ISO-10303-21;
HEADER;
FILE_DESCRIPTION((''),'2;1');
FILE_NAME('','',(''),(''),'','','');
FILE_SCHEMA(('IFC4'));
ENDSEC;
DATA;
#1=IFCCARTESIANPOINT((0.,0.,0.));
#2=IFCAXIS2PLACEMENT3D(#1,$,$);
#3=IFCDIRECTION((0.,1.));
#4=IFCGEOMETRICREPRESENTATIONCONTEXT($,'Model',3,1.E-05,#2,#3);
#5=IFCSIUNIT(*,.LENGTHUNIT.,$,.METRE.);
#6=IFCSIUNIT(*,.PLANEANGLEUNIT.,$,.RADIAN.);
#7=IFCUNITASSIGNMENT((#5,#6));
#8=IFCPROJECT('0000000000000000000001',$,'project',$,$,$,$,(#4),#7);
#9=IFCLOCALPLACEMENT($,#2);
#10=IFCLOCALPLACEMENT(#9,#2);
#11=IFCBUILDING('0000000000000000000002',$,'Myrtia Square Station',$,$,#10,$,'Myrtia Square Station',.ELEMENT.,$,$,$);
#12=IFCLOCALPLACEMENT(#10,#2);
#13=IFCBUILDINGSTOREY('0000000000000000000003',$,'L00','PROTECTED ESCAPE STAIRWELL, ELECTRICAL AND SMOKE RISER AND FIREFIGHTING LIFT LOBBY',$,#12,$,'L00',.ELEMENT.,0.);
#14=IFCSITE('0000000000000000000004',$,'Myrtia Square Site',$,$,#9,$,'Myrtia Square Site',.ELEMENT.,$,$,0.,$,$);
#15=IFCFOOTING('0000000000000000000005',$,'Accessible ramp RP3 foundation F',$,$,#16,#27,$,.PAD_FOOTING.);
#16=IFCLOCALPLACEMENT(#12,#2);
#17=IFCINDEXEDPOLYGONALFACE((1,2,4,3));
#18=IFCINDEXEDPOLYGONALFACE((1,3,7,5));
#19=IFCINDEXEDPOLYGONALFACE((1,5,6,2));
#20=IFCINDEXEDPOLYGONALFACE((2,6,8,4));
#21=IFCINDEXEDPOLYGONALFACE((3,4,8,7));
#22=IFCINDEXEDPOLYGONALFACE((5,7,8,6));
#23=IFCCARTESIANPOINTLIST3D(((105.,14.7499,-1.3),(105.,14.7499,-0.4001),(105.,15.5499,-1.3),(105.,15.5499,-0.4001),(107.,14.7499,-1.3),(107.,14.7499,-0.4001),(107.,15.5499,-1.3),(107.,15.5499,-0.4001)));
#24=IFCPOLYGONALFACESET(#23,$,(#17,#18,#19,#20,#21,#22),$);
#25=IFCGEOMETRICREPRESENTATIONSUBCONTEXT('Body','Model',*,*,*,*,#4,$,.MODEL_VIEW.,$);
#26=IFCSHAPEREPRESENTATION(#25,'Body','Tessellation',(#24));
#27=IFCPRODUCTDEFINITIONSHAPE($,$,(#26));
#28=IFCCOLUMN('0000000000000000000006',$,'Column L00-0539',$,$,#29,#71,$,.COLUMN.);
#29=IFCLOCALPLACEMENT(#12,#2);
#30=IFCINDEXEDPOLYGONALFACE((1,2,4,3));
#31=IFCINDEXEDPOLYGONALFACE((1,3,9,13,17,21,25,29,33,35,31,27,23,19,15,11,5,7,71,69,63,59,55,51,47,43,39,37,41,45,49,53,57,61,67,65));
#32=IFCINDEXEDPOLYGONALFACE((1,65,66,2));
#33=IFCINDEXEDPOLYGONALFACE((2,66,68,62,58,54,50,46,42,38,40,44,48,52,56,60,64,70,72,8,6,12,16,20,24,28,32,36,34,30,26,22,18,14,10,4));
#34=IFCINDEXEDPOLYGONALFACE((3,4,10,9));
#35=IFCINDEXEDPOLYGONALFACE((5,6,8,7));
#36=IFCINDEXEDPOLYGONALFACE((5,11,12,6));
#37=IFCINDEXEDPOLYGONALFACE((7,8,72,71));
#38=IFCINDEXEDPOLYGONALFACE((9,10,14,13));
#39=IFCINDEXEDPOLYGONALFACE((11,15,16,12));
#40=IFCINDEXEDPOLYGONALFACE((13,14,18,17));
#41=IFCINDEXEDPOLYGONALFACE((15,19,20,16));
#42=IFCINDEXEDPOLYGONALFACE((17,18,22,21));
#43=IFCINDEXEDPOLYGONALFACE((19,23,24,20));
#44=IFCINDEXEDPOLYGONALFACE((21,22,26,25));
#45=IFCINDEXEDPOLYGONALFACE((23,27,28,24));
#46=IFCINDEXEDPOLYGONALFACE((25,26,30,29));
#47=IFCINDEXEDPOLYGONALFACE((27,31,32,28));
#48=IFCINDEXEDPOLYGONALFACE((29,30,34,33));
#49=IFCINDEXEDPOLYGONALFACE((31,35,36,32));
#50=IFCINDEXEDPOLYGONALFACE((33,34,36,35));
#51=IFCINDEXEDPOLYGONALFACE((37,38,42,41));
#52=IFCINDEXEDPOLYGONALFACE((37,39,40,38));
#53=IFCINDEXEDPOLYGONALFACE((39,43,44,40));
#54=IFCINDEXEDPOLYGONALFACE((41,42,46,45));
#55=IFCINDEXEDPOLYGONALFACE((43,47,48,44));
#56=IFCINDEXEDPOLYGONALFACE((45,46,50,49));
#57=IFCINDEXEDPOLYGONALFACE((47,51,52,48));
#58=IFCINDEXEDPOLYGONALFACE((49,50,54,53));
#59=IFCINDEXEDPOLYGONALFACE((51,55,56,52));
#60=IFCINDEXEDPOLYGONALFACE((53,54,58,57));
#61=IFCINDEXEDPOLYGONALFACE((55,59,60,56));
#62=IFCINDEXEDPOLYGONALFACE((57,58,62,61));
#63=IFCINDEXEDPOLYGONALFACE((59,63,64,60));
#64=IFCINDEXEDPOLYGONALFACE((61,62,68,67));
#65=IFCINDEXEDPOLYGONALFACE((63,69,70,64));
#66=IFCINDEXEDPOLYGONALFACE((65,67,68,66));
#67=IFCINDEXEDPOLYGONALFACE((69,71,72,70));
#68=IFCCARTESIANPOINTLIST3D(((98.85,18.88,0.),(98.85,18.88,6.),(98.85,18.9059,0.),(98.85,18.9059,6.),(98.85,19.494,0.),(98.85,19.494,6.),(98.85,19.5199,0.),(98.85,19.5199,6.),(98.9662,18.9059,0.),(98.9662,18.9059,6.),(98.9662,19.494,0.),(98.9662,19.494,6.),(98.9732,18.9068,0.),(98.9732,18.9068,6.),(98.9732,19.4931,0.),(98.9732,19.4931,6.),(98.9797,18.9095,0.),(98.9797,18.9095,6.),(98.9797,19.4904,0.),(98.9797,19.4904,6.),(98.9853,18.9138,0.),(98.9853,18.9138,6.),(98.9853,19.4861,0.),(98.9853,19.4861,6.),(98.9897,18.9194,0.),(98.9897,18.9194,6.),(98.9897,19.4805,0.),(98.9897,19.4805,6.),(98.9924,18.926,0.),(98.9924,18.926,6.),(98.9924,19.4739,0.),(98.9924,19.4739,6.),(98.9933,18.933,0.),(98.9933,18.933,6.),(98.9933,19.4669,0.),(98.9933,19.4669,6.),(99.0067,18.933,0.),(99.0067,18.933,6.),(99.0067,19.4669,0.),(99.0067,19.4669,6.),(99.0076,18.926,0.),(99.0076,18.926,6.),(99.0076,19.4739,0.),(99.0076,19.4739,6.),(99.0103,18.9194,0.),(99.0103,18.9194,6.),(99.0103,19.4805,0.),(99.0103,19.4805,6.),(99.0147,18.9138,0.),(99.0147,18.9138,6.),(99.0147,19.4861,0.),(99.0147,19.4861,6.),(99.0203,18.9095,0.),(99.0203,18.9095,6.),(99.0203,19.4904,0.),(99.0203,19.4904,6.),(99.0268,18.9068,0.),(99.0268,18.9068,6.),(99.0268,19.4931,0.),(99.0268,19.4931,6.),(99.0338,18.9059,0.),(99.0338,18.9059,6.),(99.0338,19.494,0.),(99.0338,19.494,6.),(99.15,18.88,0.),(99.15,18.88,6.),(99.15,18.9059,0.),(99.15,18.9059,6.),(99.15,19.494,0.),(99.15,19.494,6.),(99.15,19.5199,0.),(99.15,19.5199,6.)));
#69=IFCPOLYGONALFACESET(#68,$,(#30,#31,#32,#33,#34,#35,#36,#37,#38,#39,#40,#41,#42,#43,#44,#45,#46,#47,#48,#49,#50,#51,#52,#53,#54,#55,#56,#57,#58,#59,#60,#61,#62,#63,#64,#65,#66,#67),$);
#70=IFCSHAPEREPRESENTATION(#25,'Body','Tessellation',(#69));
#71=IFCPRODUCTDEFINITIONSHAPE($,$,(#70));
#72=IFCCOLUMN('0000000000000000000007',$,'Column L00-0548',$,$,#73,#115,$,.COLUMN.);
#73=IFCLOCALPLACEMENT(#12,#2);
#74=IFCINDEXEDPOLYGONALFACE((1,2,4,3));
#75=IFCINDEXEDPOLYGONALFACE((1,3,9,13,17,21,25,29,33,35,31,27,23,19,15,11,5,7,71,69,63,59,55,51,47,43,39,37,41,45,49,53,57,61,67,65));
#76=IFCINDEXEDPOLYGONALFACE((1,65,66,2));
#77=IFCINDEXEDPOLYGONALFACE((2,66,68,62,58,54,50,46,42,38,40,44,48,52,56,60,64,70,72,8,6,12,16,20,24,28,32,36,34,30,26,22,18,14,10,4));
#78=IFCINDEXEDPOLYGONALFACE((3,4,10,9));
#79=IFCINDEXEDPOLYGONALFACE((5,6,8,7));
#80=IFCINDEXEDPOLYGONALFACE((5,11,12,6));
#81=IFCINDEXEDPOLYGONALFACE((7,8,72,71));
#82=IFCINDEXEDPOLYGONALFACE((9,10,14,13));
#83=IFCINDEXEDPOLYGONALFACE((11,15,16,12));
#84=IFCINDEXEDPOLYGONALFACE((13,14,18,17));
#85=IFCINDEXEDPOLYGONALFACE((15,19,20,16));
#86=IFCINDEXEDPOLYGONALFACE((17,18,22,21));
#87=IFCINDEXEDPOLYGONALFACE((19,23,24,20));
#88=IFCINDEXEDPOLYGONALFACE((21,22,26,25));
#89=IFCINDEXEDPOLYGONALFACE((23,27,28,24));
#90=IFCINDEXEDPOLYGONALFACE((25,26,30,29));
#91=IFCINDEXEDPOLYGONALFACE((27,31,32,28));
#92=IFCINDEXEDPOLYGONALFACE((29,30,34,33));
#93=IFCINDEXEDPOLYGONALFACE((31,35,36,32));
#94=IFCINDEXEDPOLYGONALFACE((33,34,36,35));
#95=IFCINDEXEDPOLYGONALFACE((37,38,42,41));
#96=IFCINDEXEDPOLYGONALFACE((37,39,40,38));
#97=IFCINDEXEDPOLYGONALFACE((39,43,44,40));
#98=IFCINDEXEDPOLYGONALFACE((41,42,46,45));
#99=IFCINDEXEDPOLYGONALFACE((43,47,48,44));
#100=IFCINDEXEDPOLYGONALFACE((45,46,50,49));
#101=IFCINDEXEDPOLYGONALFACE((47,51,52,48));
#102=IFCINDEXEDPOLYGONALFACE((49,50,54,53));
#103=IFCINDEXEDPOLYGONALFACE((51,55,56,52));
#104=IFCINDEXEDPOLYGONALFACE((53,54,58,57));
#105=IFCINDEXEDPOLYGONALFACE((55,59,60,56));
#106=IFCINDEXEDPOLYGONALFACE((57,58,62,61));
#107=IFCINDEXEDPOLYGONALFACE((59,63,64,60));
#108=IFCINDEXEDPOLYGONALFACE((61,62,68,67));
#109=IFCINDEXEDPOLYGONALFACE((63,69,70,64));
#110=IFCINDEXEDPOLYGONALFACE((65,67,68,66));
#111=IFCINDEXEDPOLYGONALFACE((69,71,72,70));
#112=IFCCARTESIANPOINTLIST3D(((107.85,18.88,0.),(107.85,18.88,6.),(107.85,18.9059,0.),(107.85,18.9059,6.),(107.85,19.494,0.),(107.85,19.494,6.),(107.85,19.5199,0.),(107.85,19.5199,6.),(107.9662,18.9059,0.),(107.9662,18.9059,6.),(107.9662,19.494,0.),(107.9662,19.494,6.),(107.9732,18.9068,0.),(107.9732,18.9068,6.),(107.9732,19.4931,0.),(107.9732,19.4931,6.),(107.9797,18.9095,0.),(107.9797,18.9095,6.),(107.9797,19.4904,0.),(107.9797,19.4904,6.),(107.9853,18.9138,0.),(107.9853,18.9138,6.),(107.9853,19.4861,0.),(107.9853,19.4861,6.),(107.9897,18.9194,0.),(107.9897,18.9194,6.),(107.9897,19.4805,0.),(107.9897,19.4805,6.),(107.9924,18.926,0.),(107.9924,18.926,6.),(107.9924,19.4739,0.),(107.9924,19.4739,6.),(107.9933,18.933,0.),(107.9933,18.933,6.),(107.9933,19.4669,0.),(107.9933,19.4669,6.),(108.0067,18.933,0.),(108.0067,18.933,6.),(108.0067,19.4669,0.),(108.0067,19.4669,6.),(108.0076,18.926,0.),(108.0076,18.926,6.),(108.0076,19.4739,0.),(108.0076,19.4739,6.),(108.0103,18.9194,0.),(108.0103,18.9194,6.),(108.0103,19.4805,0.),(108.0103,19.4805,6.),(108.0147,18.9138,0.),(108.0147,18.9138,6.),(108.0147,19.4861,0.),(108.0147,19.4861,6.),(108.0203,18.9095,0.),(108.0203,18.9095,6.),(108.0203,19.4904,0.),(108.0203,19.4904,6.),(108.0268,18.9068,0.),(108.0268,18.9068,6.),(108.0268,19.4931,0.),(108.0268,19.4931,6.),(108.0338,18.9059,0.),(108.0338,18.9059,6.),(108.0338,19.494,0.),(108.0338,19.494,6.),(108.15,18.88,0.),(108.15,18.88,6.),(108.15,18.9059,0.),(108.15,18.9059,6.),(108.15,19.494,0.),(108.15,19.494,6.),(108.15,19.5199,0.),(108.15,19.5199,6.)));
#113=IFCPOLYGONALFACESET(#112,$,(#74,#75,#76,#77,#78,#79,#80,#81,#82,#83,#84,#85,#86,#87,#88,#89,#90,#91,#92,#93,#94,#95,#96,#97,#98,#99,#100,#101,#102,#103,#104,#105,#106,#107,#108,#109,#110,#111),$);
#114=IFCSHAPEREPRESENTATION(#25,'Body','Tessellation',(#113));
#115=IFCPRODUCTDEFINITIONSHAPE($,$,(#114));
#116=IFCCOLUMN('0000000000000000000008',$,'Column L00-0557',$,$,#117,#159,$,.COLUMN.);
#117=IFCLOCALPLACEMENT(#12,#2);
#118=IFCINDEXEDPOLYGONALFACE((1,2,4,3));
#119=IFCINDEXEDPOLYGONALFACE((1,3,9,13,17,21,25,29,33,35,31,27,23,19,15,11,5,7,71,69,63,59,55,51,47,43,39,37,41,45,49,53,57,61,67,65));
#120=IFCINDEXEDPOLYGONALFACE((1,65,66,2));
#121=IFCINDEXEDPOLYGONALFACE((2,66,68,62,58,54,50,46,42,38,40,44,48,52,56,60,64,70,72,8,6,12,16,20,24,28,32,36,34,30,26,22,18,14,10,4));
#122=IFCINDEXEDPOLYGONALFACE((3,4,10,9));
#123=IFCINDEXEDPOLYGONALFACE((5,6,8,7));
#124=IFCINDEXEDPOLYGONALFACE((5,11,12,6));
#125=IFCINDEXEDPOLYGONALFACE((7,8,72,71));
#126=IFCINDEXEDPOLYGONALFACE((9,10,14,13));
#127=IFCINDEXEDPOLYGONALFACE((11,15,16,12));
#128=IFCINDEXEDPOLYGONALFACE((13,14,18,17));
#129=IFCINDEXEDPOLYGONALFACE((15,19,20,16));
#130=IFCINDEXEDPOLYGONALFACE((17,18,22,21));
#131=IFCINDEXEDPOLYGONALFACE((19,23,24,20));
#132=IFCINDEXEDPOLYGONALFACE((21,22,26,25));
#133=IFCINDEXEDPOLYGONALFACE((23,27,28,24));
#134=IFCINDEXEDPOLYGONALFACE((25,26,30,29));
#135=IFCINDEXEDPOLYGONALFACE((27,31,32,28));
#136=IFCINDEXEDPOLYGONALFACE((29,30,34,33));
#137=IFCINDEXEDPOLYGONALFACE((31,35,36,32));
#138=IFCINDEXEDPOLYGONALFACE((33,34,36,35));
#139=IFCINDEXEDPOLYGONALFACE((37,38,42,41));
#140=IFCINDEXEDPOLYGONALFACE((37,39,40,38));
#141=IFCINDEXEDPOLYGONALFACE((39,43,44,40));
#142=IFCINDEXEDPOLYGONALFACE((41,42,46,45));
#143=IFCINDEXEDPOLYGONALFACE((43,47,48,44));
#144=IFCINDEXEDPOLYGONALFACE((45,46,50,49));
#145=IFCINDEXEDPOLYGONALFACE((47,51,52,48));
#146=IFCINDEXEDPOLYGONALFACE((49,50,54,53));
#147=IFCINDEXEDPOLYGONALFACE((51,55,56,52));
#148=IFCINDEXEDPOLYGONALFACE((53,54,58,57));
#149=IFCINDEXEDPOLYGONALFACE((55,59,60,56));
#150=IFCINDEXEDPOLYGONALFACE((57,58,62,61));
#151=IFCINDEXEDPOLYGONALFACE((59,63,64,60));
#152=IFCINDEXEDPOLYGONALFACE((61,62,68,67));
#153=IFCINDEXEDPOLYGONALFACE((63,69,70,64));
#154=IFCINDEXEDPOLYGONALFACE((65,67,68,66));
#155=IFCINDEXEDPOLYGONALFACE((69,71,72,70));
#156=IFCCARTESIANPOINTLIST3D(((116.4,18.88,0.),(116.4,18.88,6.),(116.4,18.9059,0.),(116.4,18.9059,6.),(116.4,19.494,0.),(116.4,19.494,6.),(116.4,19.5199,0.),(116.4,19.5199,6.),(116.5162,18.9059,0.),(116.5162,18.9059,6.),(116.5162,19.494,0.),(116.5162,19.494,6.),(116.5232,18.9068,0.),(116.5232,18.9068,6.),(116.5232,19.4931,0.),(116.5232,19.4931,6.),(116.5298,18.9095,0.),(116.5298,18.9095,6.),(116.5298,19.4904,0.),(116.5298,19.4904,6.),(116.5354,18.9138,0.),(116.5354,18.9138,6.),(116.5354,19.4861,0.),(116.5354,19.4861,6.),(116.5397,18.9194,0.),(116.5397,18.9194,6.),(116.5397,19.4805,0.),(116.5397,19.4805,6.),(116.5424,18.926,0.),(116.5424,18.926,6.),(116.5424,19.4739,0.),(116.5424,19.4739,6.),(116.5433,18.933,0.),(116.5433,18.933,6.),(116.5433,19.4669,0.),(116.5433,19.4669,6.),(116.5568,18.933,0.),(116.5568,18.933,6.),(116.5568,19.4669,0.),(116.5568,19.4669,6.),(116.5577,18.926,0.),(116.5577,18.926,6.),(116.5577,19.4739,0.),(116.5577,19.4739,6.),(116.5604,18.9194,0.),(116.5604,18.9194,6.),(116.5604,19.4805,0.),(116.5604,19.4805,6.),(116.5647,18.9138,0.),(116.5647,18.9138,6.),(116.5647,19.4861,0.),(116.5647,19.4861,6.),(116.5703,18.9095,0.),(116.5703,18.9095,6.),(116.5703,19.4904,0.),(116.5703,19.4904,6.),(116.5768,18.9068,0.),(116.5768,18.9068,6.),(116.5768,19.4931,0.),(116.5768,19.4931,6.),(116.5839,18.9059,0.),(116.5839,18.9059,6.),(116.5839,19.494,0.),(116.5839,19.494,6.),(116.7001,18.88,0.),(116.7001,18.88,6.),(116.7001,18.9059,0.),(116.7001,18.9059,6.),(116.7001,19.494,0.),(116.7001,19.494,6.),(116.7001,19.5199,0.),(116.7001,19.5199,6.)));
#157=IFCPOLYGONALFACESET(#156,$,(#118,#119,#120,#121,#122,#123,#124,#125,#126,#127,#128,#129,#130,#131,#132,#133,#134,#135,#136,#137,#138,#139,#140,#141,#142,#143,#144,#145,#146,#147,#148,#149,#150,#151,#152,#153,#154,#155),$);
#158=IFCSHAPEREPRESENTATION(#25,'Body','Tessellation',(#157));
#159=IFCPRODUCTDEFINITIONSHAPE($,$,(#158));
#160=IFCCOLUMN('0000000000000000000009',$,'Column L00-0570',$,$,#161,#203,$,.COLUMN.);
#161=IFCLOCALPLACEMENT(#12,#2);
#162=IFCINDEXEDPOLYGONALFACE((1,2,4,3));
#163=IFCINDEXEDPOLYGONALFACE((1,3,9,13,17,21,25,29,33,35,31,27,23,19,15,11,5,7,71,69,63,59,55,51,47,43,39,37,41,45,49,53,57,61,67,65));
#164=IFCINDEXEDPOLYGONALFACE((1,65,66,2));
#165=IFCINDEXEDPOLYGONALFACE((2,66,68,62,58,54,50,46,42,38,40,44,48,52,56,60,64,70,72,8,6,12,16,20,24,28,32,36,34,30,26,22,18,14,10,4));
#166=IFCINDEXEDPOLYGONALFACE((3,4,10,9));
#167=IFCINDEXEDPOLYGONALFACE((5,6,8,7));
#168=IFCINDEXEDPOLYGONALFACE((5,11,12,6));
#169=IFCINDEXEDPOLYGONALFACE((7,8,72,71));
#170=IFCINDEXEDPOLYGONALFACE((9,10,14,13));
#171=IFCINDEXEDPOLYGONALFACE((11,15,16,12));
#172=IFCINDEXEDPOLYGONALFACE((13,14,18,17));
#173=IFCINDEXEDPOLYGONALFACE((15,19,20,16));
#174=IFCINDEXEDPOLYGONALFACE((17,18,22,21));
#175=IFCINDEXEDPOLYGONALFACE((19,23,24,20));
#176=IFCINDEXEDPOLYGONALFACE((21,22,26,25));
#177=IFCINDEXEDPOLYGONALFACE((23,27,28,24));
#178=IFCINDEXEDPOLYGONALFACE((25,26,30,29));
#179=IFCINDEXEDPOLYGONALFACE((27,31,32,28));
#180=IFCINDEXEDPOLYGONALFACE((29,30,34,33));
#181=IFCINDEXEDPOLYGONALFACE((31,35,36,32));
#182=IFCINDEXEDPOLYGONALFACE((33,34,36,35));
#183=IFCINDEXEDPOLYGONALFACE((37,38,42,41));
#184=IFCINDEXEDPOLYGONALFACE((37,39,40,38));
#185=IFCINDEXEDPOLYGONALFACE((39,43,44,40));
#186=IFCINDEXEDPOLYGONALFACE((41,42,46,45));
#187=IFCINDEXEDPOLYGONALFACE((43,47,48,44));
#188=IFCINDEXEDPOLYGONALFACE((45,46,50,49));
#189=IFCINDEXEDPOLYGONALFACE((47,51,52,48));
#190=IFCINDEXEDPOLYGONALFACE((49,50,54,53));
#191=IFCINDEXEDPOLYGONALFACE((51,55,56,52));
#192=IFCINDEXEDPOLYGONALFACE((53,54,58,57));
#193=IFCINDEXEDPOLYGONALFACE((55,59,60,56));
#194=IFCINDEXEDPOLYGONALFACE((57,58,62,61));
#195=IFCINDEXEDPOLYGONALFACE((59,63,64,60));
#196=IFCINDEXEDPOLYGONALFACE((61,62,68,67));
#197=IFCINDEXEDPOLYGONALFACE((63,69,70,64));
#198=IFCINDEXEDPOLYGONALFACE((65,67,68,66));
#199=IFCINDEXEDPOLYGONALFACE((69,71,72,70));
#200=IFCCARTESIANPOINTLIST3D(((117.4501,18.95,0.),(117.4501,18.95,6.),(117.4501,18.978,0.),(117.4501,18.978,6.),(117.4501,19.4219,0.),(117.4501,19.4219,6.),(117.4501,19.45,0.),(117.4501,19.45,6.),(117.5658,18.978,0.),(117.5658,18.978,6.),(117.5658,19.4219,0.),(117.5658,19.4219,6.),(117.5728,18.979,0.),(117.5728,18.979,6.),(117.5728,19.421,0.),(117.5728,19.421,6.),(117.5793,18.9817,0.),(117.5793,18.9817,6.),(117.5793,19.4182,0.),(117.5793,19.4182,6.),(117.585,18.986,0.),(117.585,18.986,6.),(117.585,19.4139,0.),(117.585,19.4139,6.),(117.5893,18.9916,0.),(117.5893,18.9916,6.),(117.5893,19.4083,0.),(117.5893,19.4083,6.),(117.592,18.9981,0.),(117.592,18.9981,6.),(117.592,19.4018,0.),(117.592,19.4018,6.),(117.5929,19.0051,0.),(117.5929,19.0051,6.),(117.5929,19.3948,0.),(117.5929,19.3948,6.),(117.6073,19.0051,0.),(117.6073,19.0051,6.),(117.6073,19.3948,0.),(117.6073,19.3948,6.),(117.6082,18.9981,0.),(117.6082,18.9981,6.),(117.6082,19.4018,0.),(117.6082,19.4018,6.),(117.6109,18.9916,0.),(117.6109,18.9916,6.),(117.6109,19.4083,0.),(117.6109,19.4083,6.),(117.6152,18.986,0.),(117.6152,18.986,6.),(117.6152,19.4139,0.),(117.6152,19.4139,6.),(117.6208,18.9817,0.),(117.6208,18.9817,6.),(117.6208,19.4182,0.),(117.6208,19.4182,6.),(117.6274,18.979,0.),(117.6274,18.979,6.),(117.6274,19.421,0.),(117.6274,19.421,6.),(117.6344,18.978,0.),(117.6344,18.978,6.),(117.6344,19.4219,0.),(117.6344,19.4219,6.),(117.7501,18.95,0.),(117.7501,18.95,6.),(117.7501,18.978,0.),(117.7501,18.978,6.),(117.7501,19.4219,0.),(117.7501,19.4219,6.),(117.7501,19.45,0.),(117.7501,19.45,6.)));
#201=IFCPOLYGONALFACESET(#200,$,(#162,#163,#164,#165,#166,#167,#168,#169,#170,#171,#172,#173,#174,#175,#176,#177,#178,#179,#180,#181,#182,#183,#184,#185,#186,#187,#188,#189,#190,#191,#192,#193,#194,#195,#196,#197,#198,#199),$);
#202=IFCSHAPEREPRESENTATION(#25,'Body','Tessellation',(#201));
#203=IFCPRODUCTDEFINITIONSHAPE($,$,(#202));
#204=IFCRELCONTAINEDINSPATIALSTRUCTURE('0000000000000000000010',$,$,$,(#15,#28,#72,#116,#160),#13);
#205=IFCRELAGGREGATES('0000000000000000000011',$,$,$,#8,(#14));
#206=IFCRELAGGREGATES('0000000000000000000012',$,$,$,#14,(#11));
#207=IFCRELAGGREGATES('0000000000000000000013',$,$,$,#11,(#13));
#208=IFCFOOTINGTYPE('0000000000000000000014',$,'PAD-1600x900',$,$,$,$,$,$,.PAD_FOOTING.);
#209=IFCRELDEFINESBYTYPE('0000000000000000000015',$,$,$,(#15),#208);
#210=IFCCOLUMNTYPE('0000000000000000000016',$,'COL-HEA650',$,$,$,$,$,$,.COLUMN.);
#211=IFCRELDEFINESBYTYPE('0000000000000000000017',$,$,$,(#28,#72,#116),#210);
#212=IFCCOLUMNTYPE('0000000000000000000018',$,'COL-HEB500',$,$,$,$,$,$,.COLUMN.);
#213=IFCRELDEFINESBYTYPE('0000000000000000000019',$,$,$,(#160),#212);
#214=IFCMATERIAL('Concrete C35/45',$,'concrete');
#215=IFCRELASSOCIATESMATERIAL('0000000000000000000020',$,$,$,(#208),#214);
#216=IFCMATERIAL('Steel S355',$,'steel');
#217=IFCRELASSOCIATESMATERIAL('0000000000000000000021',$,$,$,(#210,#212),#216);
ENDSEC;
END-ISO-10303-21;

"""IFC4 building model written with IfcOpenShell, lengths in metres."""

from ifc_helpers import new_model, si_unit, direction, frame, origin, origin_2d, place, context, subcontext, project, spatial, rectangle, i_section, extrude, material, material_profile, profile_set, type_object, element, save


model = new_model("IFC4")

# Units and contexts
model_context = context("Model", 3, precision=1e-05, world=origin(), true_north=direction((0.0, 1.0)))
body_context = subcontext(model_context, "Body", "Model", "MODEL_VIEW")
ifc_project = project(units=[si_unit("LENGTHUNIT", "METRE"), si_unit("PLANEANGLEUNIT", "RADIAN")], contexts=[model_context])

# Site, building, storey
site_placement = place(None, origin())
site = spatial("IfcSite", under=ifc_project, at=site_placement, Name="Myrtia Square Site", LongName="Myrtia Square Site", CompositionType="ELEMENT", RefElevation=0.0)
building_placement = place(site_placement, origin())
building = spatial("IfcBuilding", under=site, at=building_placement, Name="Myrtia Square Station", LongName="Myrtia Square Station", CompositionType="ELEMENT")
storey_placement = place(building_placement, origin())
storey = spatial("IfcBuildingStorey", under=building, at=storey_placement, Name="L00", Description="PROTECTED ESCAPE STAIRWELL, ELECTRICAL AND SMOKE RISER AND FIREFIGHTING LIFT LOBBY", LongName="L00", CompositionType="ELEMENT", Elevation=0.0)

# Footing
ifc_material_1 = material(Name="Concrete C35/45", Category="concrete")
footing_type = type_object("IfcFootingType", Name="PAD-1600x900", PredefinedType="PAD_FOOTING", material=ifc_material_1)
footing_placement = place(storey_placement, frame((106.0, 15.1499, -1.3), z_axis=(0.0, 0.0, 1.0), x_axis=(0.0, -1.0, 0.0)))
element("IfcFooting", 1, at=footing_placement, inside=storey, type_object=footing_type, Name="Accessible ramp RP3 foundation F", PredefinedType="PAD_FOOTING", context=body_context, shape_type="SweptSolid", body=[
    extrude(rectangle(XDim=0.8, YDim=2.0, at=origin_2d()), origin(), (0.0, 0.0, 1.0), 0.8999),
])

# Columns
ifc_material_2 = material(Name="Steel S355", Category="steel")
ifc_material_profile_1 = material_profile(ifc_material_2, i_section(OverallWidth=0.3, OverallDepth=0.6399, WebThickness=0.0134, FlangeThickness=0.0259, FilletRadius=0.0271, at=origin_2d()), Name="HEA 650")
ifc_profile_set_1 = profile_set([ifc_material_profile_1], Name="Steel S355")
column_type_1 = type_object("IfcColumnType", Name="COL-HEA650", PredefinedType="COLUMN", material=ifc_profile_set_1)
for number, where, z_axis, x_axis, name in (
    (2, (99.0, 19.2, 0.0), (0.0, 0.0, 1.0), (1.0, 0.0, 0.0), "Column L00-0539"),
    (3, (108.0, 19.2, 0.0), (0.0, 0.0, 1.0), (1.0, 0.0, 0.0), "Column L00-0548"),
    (4, (116.55, 19.2, 0.0), (0.0, 0.0, 1.0), (1.0, 0.0, 0.0), "Column L00-0557"),
):
    element("IfcColumn", number, at=place(storey_placement, frame(where, z_axis=z_axis, x_axis=x_axis)), inside=storey, type_object=column_type_1, Name=name, PredefinedType="COLUMN", context=body_context, shape_type="SweptSolid", body=[
        extrude(i_section(OverallWidth=0.3, OverallDepth=0.6399, WebThickness=0.0134, FlangeThickness=0.0259, FilletRadius=0.0271, at=origin_2d()), origin(), (0.0, 0.0, 1.0), 6.0),
    ])
ifc_material_profile_2 = material_profile(ifc_material_2, i_section(OverallWidth=0.3, OverallDepth=0.5, WebThickness=0.0144, FlangeThickness=0.0281, FilletRadius=0.0271, at=origin_2d()), Name="HEB 500")
ifc_profile_set_2 = profile_set([ifc_material_profile_2], Name="Steel S355")
column_type_2 = type_object("IfcColumnType", Name="COL-HEB500", PredefinedType="COLUMN", material=ifc_profile_set_2)
column_placement = place(storey_placement, frame((117.6001, 19.2, 0.0), z_axis=(0.0, 0.0, 1.0), x_axis=(1.0, 0.0, 0.0)))
element("IfcColumn", 5, at=column_placement, inside=storey, type_object=column_type_2, Name="Column L00-0570", PredefinedType="COLUMN", context=body_context, shape_type="SweptSolid", body=[
    extrude(i_section(OverallWidth=0.3, OverallDepth=0.5, WebThickness=0.0144, FlangeThickness=0.0281, FilletRadius=0.0271, at=origin_2d()), origin(), (0.0, 0.0, 1.0), 6.0),
])

save(model, "model.ifc")
